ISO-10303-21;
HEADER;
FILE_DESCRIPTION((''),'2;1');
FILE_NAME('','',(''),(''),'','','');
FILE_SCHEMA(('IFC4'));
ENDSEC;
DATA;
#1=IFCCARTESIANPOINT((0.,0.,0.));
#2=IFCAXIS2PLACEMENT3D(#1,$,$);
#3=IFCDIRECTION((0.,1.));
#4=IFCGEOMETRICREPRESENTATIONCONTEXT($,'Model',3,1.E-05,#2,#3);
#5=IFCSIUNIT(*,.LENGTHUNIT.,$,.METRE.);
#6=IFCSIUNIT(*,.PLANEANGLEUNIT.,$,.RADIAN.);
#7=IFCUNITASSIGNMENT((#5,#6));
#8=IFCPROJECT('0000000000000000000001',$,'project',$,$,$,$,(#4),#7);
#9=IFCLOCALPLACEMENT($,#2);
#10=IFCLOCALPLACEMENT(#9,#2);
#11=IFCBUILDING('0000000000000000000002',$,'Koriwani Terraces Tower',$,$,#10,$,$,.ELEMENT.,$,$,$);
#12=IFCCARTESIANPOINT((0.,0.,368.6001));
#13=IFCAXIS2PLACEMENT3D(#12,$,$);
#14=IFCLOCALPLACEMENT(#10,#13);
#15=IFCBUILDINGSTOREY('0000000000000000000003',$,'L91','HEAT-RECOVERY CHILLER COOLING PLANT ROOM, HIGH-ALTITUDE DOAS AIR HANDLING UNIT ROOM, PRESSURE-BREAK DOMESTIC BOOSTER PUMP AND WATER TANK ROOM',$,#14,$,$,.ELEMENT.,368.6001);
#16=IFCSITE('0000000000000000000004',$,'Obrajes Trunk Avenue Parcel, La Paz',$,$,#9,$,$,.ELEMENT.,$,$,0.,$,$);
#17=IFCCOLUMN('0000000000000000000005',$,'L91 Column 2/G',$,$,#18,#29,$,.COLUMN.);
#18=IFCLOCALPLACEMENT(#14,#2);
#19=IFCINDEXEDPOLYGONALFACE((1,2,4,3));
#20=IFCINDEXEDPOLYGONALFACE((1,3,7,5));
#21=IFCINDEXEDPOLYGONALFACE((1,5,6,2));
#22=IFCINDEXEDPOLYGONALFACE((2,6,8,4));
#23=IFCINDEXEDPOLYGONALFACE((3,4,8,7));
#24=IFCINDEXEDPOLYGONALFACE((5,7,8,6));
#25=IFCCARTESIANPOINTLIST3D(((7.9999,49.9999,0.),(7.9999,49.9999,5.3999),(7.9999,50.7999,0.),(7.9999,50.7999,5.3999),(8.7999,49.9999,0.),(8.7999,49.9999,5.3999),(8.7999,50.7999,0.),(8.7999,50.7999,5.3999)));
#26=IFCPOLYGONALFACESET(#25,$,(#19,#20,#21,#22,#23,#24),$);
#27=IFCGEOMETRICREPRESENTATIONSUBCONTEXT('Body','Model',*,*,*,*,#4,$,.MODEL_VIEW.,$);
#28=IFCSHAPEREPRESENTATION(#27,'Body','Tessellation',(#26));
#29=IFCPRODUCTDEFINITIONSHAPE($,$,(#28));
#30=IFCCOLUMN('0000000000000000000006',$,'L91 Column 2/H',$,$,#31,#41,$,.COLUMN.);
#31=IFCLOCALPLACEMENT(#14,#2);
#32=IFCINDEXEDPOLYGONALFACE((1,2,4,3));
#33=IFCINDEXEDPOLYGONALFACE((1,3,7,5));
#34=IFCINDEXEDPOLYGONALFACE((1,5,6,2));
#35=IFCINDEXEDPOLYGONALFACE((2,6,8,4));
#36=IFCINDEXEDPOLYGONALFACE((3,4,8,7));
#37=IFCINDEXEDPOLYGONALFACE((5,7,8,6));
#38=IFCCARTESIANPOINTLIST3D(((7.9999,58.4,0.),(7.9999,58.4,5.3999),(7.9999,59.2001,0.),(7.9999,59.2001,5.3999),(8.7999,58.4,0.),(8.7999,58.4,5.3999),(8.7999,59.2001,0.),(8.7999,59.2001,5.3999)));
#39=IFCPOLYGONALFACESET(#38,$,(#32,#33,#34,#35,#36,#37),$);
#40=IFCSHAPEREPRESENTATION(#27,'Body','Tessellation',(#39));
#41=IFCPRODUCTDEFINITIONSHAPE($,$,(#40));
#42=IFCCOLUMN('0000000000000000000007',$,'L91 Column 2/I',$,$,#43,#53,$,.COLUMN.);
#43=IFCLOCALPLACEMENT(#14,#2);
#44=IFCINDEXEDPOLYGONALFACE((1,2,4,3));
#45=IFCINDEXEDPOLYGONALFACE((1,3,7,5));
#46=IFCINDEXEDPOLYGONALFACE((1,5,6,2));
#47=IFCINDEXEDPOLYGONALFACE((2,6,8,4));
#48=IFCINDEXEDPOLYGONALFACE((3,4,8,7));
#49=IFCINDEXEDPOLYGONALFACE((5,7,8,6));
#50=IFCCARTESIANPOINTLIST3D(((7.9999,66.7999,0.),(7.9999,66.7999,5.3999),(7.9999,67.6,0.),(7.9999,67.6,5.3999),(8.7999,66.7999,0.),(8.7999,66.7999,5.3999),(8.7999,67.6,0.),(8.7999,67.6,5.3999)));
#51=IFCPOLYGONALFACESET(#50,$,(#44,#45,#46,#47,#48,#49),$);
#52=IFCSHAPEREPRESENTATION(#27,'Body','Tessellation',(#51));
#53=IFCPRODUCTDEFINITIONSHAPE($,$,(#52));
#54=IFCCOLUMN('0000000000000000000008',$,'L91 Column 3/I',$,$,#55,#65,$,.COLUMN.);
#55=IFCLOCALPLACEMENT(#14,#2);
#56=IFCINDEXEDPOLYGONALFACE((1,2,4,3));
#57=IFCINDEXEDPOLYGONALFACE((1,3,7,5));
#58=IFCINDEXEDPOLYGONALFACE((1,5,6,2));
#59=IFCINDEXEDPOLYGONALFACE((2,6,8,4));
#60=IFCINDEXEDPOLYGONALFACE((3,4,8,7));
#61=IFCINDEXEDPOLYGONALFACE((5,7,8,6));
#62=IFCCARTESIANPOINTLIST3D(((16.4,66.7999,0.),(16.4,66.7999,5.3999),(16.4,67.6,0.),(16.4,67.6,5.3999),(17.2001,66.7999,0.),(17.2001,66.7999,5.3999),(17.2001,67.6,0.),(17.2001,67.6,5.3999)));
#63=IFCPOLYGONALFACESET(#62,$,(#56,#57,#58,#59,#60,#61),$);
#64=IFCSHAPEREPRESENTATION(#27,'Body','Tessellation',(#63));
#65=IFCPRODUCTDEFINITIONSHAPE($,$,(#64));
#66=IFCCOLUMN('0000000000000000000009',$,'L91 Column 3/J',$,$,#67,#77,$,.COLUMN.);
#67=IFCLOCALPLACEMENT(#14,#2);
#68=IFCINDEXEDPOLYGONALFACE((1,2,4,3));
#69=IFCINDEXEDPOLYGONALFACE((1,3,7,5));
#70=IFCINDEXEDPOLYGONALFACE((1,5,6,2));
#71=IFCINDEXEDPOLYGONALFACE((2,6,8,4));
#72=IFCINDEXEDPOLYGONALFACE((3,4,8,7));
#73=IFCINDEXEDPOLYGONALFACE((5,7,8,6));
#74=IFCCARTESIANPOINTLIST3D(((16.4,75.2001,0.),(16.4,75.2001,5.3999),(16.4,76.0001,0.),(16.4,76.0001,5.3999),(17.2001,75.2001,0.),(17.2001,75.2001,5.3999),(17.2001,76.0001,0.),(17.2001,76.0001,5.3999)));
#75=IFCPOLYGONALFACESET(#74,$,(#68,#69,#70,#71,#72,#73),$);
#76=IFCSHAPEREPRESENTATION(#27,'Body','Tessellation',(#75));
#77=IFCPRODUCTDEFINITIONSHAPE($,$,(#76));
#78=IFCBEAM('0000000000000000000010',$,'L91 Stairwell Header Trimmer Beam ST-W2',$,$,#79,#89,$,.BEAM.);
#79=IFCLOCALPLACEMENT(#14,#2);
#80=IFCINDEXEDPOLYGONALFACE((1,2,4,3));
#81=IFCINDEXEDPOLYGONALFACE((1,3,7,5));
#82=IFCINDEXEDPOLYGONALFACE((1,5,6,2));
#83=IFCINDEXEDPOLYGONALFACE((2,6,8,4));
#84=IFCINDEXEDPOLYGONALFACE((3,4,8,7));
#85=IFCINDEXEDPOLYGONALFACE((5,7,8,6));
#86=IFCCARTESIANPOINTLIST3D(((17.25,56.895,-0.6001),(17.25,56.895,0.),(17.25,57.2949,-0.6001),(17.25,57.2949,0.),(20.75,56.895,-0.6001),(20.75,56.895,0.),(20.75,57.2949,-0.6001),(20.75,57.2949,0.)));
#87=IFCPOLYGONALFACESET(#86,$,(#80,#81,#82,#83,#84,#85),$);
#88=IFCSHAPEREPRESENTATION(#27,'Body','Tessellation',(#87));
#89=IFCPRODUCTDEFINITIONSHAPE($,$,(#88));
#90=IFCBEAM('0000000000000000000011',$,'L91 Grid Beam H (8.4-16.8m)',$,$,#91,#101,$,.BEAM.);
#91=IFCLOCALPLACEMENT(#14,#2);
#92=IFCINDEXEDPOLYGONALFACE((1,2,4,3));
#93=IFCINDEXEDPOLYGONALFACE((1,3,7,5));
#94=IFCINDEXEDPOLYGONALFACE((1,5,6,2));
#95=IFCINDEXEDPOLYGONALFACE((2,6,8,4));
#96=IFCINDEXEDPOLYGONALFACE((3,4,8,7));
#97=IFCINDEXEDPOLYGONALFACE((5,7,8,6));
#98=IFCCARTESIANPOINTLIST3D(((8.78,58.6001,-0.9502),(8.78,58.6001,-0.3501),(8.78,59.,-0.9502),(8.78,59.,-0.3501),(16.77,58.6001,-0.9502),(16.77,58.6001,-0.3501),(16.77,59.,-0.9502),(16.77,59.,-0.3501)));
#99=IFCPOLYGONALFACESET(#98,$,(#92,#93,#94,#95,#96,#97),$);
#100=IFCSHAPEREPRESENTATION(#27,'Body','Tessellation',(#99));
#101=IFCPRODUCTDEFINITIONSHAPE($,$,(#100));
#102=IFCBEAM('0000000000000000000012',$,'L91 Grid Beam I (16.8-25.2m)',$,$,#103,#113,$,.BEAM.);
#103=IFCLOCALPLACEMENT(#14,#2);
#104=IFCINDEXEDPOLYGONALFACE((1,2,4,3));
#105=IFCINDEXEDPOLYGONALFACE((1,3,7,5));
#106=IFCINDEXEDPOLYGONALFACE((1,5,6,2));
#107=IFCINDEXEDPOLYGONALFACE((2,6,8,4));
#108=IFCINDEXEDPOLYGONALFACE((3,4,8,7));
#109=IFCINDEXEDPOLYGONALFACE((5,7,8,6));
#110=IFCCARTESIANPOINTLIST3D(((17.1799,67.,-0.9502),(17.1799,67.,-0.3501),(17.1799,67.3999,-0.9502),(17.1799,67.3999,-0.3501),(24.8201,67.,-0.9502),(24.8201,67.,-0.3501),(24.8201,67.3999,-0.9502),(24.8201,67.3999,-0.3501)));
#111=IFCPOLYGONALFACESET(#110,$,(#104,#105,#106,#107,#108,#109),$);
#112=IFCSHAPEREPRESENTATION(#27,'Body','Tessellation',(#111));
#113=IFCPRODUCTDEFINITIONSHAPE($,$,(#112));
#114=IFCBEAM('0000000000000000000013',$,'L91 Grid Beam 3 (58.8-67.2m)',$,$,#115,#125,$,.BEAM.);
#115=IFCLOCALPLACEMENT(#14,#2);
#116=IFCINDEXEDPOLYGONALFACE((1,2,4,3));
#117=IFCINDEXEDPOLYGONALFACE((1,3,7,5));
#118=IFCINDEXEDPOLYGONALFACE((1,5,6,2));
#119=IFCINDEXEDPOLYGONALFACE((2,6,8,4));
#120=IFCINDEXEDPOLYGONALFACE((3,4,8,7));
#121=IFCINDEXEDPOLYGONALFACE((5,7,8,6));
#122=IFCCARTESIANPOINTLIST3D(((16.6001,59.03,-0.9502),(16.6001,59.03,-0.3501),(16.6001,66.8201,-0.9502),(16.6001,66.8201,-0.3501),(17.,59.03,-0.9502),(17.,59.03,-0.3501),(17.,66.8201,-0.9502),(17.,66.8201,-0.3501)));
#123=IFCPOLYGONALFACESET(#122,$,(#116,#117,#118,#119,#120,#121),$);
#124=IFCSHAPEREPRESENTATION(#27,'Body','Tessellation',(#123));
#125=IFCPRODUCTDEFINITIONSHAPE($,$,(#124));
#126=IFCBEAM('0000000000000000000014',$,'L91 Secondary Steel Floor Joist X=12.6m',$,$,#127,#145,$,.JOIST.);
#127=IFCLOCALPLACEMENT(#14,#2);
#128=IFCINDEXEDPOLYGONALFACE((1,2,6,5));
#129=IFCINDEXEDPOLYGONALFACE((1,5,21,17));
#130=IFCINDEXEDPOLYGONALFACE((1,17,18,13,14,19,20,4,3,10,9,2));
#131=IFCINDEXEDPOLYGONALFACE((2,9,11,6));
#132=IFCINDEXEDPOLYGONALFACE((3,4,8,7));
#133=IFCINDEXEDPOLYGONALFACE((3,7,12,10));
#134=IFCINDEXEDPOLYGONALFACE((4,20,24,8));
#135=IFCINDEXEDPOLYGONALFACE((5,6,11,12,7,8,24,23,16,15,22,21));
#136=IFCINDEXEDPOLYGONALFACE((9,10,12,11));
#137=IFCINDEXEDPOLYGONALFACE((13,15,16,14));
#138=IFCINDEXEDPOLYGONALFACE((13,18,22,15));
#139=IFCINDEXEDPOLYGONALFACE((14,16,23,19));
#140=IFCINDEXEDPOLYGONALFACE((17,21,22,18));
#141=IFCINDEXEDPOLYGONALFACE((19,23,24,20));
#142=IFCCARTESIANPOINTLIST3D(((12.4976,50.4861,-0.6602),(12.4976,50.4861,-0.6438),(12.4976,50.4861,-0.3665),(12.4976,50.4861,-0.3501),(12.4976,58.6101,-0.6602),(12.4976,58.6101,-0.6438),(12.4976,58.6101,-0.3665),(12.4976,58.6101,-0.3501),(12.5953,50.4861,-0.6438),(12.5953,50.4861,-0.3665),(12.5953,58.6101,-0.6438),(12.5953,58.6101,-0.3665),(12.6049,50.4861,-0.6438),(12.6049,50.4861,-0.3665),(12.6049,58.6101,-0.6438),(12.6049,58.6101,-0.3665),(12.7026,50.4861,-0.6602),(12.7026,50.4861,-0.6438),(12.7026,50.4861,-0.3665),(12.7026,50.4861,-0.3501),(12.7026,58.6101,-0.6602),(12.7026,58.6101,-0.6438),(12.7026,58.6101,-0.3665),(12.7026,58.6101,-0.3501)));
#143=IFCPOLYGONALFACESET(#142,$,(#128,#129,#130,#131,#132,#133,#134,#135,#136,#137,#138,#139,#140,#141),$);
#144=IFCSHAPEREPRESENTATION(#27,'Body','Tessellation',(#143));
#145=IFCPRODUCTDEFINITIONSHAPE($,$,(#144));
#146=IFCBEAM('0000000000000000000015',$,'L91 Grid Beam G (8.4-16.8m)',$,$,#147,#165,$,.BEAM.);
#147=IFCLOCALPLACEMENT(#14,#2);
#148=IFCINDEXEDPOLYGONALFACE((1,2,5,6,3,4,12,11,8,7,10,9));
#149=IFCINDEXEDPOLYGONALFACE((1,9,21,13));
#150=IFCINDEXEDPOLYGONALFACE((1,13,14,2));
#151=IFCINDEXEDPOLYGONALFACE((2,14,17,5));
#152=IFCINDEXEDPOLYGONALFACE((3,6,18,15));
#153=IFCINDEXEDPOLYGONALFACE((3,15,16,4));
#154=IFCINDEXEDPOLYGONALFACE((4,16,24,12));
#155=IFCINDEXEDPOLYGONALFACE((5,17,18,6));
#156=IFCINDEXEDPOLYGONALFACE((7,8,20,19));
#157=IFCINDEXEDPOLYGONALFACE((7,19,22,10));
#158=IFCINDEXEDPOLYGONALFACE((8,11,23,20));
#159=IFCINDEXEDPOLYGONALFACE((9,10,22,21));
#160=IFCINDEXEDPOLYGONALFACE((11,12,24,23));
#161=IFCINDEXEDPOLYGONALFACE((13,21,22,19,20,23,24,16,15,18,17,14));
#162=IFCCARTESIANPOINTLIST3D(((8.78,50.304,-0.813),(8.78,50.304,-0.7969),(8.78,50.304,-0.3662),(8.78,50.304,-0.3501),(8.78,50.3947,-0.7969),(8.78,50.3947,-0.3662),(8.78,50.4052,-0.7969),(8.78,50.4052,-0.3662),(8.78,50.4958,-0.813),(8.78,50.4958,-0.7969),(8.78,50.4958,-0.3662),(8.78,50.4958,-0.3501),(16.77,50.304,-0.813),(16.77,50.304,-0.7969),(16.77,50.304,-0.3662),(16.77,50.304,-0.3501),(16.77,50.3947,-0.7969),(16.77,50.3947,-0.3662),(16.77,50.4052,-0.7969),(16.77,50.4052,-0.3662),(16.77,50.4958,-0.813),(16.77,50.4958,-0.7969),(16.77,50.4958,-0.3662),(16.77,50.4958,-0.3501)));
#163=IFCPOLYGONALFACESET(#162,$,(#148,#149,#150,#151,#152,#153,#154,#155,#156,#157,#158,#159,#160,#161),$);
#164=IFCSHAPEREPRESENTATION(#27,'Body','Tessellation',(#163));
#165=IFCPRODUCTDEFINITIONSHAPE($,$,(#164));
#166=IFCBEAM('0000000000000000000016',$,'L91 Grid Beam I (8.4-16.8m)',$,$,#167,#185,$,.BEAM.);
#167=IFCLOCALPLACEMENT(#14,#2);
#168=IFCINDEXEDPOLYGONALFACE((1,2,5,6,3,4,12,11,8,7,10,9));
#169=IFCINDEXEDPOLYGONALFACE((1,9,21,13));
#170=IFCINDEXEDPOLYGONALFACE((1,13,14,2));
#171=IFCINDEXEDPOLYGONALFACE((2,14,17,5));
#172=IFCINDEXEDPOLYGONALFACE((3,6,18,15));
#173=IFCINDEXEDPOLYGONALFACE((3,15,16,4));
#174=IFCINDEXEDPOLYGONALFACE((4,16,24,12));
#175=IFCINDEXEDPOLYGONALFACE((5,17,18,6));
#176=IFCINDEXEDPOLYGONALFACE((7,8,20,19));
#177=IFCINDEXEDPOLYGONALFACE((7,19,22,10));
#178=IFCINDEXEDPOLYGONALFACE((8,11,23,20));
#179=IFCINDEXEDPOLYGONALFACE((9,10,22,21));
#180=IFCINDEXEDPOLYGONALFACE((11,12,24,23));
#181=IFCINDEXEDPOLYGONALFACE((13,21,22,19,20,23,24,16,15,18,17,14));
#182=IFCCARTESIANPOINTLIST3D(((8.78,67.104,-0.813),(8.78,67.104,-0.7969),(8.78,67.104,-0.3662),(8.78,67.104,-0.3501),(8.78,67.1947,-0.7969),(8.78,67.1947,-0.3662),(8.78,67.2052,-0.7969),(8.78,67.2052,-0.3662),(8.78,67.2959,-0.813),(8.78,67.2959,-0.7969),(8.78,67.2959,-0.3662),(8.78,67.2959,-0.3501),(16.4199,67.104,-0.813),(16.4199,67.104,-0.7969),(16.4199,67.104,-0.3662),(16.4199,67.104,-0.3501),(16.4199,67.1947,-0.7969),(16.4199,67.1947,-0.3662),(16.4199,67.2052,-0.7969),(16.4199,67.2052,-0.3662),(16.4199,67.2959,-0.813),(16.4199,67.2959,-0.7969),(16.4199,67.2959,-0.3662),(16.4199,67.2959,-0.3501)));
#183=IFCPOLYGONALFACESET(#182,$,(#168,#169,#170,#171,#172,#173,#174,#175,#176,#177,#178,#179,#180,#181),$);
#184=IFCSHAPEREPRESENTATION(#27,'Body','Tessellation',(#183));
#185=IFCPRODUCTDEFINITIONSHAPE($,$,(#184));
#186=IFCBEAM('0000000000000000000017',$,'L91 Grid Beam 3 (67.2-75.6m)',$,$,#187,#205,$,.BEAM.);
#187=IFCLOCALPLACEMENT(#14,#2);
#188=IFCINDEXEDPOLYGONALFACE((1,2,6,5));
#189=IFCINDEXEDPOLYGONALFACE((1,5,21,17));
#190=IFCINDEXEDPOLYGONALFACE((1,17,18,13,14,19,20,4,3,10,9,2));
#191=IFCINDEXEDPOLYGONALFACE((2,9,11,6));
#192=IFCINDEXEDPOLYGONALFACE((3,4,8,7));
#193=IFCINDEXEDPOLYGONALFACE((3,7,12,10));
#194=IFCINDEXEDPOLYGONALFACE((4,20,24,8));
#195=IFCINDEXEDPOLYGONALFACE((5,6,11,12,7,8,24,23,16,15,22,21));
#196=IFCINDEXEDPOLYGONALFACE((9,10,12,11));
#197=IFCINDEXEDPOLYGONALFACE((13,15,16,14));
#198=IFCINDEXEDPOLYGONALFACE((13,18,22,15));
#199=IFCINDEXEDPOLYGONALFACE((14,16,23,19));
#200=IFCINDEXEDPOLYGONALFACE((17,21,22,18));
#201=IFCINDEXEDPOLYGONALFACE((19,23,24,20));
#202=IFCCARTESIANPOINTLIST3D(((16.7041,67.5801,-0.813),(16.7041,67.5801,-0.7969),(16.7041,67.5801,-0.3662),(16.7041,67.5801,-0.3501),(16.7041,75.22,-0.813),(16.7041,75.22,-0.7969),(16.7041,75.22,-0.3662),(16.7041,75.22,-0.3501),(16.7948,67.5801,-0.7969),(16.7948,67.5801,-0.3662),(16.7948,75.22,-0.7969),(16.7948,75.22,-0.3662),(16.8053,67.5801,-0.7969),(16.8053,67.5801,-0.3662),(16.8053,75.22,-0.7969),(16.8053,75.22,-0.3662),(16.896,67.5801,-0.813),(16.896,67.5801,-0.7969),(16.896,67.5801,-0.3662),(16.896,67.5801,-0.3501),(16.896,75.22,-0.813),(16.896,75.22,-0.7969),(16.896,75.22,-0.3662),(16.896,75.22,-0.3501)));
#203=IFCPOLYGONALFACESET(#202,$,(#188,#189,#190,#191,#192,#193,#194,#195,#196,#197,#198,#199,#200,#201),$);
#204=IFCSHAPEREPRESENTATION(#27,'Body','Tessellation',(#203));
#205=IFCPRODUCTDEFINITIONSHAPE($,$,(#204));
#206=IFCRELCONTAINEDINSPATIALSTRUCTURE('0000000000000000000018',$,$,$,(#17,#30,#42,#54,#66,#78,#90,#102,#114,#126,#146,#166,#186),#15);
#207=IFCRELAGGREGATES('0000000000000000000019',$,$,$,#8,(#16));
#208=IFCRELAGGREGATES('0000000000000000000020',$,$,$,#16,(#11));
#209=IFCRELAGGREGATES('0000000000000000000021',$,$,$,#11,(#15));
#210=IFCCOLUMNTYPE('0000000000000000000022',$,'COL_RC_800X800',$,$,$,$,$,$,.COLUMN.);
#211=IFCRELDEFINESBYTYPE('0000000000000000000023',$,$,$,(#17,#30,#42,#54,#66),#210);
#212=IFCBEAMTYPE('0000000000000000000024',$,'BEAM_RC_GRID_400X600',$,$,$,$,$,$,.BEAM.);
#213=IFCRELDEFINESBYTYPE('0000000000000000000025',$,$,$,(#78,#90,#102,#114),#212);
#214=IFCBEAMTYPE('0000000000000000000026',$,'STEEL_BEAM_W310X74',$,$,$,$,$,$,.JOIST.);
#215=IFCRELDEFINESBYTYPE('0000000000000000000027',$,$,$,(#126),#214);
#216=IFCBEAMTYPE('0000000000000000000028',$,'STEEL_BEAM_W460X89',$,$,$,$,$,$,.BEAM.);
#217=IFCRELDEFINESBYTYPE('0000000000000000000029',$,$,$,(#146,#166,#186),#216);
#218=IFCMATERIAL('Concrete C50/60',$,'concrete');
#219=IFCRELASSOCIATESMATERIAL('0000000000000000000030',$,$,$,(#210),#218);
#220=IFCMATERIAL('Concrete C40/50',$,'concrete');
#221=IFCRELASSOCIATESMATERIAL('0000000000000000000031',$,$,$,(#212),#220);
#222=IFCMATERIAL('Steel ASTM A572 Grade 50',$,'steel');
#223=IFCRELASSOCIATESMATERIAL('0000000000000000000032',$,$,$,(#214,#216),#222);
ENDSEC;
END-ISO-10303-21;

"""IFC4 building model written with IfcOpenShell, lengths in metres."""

from ifc_helpers import new_model, si_unit, direction, frame, origin, origin_2d, place, context, subcontext, project, spatial, rectangle, i_section, extrude, material, material_profile, profile_set, type_object, element, save


model = new_model("IFC4")

# Units and contexts
model_context = context("Model", 3, precision=1e-05, world=origin(), true_north=direction((0.0, 1.0)))
body_context = subcontext(model_context, "Body", "Model", "MODEL_VIEW")
ifc_project = project(units=[si_unit("LENGTHUNIT", "METRE"), si_unit("PLANEANGLEUNIT", "RADIAN")], contexts=[model_context])

# Site, building, storey
site_placement = place(None, origin())
site = spatial("IfcSite", under=ifc_project, at=site_placement, Name="Obrajes Trunk Avenue Parcel, La Paz", CompositionType="ELEMENT", RefElevation=0.0)
building_placement = place(site_placement, origin())
building = spatial("IfcBuilding", under=site, at=building_placement, Name="Koriwani Terraces Tower", CompositionType="ELEMENT")
storey_placement = place(building_placement, frame((0.0, 0.0, 368.6001)))
storey = spatial("IfcBuildingStorey", under=building, at=storey_placement, Name="L91", Description="HEAT-RECOVERY CHILLER COOLING PLANT ROOM, HIGH-ALTITUDE DOAS AIR HANDLING UNIT ROOM, PRESSURE-BREAK DOMESTIC BOOSTER PUMP AND WATER TANK ROOM", CompositionType="ELEMENT", Elevation=368.6001)

# Columns
ifc_material_1 = material(Name="Concrete C50/60", Category="concrete")
ifc_material_profile_1 = material_profile(ifc_material_1, rectangle(XDim=0.8, YDim=0.8, at=origin_2d()), Name="Concrete C50/60", Category="LoadBearing")
ifc_profile_set_1 = profile_set([ifc_material_profile_1], Name="Concrete C50/60")
column_type = type_object("IfcColumnType", Name="COL_RC_800X800", PredefinedType="COLUMN", material=ifc_profile_set_1)
for number, where, z_axis, x_axis, name in (
    (1, (8.3999, 50.3999, 0.0), (0.0, 0.0, 1.0), (1.0, 0.0, 0.0), "L91 Column 2/G"),
    (2, (8.3999, 58.8, 0.0), (0.0, 0.0, 1.0), (1.0, 0.0, 0.0), "L91 Column 2/H"),
    (3, (8.3999, 67.2, 0.0), (0.0, 0.0, 1.0), (1.0, 0.0, 0.0), "L91 Column 2/I"),
    (4, (16.8, 67.2, 0.0), (0.0, 0.0, 1.0), (1.0, 0.0, 0.0), "L91 Column 3/I"),
    (5, (16.8, 75.6001, 0.0), (0.0, 0.0, 1.0), (1.0, 0.0, 0.0), "L91 Column 3/J"),
):
    element("IfcColumn", number, at=place(storey_placement, frame(where, z_axis=z_axis, x_axis=x_axis)), inside=storey, type_object=column_type, Name=name, PredefinedType="COLUMN", context=body_context, shape_type="SweptSolid", body=[
        extrude(rectangle(XDim=0.8, YDim=0.8, at=origin_2d()), origin(), (0.0, 0.0, 1.0), 5.3999),
    ])

# Beams
ifc_material_2 = material(Name="Concrete C40/50", Category="concrete")
ifc_material_profile_2 = material_profile(ifc_material_2, rectangle(XDim=0.3999, YDim=0.6001, at=origin_2d()), Name="Concrete C40/50", Category="LoadBearing")
ifc_profile_set_2 = profile_set([ifc_material_profile_2], Name="Concrete C40/50")
beam_type_1 = type_object("IfcBeamType", Name="BEAM_RC_GRID_400X600", PredefinedType="BEAM", material=ifc_profile_set_2)
beam_1_placement = place(storey_placement, frame((17.25, 57.095, -0.3), z_axis=(1.0, 0.0, 0.0), x_axis=(0.0, 1.0, 0.0)))
element("IfcBeam", 6, at=beam_1_placement, inside=storey, type_object=beam_type_1, Name="L91 Stairwell Header Trimmer Beam ST-W2", PredefinedType="BEAM", context=body_context, shape_type="SweptSolid", body=[
    extrude(rectangle(XDim=0.3999, YDim=0.6001, at=origin_2d()), origin(), (0.0, 0.0, 1.0), 3.5),
])
beam_2_placement = place(storey_placement, frame((8.78, 58.8, -0.6501), z_axis=(1.0, 0.0, 0.0), x_axis=(0.0, 1.0, 0.0)))
element("IfcBeam", 7, at=beam_2_placement, inside=storey, type_object=beam_type_1, Name="L91 Grid Beam H (8.4-16.8m)", PredefinedType="BEAM", context=body_context, shape_type="SweptSolid", body=[
    extrude(rectangle(XDim=0.3999, YDim=0.6001, at=origin_2d()), origin(), (0.0, 0.0, 1.0), 7.99),
])
beam_3_placement = place(storey_placement, frame((17.1799, 67.2, -0.6501), z_axis=(1.0, 0.0, 0.0), x_axis=(0.0, 1.0, 0.0)))
element("IfcBeam", 8, at=beam_3_placement, inside=storey, type_object=beam_type_1, Name="L91 Grid Beam I (16.8-25.2m)", PredefinedType="BEAM", context=body_context, shape_type="SweptSolid", body=[
    extrude(rectangle(XDim=0.3999, YDim=0.6001, at=origin_2d()), origin(), (0.0, 0.0, 1.0), 7.6401),
])
beam_4_placement = place(storey_placement, frame((16.8, 59.03, -0.6501), z_axis=(0.0, 1.0, 0.0), x_axis=(-1.0, 0.0, 0.0)))
element("IfcBeam", 9, at=beam_4_placement, inside=storey, type_object=beam_type_1, Name="L91 Grid Beam 3 (58.8-67.2m)", PredefinedType="BEAM", context=body_context, shape_type="SweptSolid", body=[
    extrude(rectangle(XDim=0.3999, YDim=0.6001, at=origin_2d()), origin(), (0.0, 0.0, 1.0), 7.79),
])
ifc_material_3 = material(Name="Steel ASTM A572 Grade 50", Category="steel")
ifc_material_profile_3 = material_profile(ifc_material_3, i_section(OverallWidth=0.2051, OverallDepth=0.3101, WebThickness=0.0095, FlangeThickness=0.0164, at=origin_2d()), Name="Steel ASTM A572 Grade 50", Category="LoadBearing")
ifc_profile_set_3 = profile_set([ifc_material_profile_3], Name="Steel ASTM A572 Grade 50")
beam_type_2 = type_object("IfcBeamType", Name="STEEL_BEAM_W310X74", PredefinedType="JOIST", material=ifc_profile_set_3)
beam_5_placement = place(storey_placement, frame((12.6001, 50.4861, -0.5051), z_axis=(0.0, 1.0, 0.0), x_axis=(-1.0, 0.0, 0.0)))
element("IfcBeam", 10, at=beam_5_placement, inside=storey, type_object=beam_type_2, Name="L91 Secondary Steel Floor Joist X=12.6m", PredefinedType="JOIST", context=body_context, shape_type="SweptSolid", body=[
    extrude(i_section(OverallWidth=0.2051, OverallDepth=0.3101, WebThickness=0.0095, FlangeThickness=0.0164, at=origin_2d()), origin(), (0.0, 0.0, 1.0), 8.124),
])
ifc_material_profile_4 = material_profile(ifc_material_3, i_section(OverallWidth=0.1919, OverallDepth=0.4629, WebThickness=0.0105, FlangeThickness=0.0161, at=origin_2d()), Name="Steel ASTM A572 Grade 50", Category="LoadBearing")
ifc_profile_set_4 = profile_set([ifc_material_profile_4], Name="Steel ASTM A572 Grade 50")
beam_type_3 = type_object("IfcBeamType", Name="STEEL_BEAM_W460X89", PredefinedType="BEAM", material=ifc_profile_set_4)
beam_6_placement = place(storey_placement, frame((8.78, 50.3999, -0.5815), z_axis=(1.0, 0.0, 0.0), x_axis=(0.0, 1.0, 0.0)))
element("IfcBeam", 11, at=beam_6_placement, inside=storey, type_object=beam_type_3, Name="L91 Grid Beam G (8.4-16.8m)", PredefinedType="BEAM", context=body_context, shape_type="SweptSolid", body=[
    extrude(i_section(OverallWidth=0.1919, OverallDepth=0.4629, WebThickness=0.0105, FlangeThickness=0.0161, at=origin_2d()), origin(), (0.0, 0.0, 1.0), 7.99),
])
for number, where, z_axis, x_axis, name in (
    (12, (8.78, 67.2, -0.5815), (1.0, 0.0, 0.0), (0.0, 1.0, 0.0), "L91 Grid Beam I (8.4-16.8m)"),
    (13, (16.8, 67.5801, -0.5815), (0.0, 1.0, 0.0), (-1.0, 0.0, 0.0), "L91 Grid Beam 3 (67.2-75.6m)"),
):
    element("IfcBeam", number, at=place(storey_placement, frame(where, z_axis=z_axis, x_axis=x_axis)), inside=storey, type_object=beam_type_3, Name=name, PredefinedType="BEAM", context=body_context, shape_type="SweptSolid", body=[
        extrude(i_section(OverallWidth=0.1919, OverallDepth=0.4629, WebThickness=0.0105, FlangeThickness=0.0161, at=origin_2d()), origin(), (0.0, 0.0, 1.0), 7.6399),
    ])

save(model, "model.ifc")
